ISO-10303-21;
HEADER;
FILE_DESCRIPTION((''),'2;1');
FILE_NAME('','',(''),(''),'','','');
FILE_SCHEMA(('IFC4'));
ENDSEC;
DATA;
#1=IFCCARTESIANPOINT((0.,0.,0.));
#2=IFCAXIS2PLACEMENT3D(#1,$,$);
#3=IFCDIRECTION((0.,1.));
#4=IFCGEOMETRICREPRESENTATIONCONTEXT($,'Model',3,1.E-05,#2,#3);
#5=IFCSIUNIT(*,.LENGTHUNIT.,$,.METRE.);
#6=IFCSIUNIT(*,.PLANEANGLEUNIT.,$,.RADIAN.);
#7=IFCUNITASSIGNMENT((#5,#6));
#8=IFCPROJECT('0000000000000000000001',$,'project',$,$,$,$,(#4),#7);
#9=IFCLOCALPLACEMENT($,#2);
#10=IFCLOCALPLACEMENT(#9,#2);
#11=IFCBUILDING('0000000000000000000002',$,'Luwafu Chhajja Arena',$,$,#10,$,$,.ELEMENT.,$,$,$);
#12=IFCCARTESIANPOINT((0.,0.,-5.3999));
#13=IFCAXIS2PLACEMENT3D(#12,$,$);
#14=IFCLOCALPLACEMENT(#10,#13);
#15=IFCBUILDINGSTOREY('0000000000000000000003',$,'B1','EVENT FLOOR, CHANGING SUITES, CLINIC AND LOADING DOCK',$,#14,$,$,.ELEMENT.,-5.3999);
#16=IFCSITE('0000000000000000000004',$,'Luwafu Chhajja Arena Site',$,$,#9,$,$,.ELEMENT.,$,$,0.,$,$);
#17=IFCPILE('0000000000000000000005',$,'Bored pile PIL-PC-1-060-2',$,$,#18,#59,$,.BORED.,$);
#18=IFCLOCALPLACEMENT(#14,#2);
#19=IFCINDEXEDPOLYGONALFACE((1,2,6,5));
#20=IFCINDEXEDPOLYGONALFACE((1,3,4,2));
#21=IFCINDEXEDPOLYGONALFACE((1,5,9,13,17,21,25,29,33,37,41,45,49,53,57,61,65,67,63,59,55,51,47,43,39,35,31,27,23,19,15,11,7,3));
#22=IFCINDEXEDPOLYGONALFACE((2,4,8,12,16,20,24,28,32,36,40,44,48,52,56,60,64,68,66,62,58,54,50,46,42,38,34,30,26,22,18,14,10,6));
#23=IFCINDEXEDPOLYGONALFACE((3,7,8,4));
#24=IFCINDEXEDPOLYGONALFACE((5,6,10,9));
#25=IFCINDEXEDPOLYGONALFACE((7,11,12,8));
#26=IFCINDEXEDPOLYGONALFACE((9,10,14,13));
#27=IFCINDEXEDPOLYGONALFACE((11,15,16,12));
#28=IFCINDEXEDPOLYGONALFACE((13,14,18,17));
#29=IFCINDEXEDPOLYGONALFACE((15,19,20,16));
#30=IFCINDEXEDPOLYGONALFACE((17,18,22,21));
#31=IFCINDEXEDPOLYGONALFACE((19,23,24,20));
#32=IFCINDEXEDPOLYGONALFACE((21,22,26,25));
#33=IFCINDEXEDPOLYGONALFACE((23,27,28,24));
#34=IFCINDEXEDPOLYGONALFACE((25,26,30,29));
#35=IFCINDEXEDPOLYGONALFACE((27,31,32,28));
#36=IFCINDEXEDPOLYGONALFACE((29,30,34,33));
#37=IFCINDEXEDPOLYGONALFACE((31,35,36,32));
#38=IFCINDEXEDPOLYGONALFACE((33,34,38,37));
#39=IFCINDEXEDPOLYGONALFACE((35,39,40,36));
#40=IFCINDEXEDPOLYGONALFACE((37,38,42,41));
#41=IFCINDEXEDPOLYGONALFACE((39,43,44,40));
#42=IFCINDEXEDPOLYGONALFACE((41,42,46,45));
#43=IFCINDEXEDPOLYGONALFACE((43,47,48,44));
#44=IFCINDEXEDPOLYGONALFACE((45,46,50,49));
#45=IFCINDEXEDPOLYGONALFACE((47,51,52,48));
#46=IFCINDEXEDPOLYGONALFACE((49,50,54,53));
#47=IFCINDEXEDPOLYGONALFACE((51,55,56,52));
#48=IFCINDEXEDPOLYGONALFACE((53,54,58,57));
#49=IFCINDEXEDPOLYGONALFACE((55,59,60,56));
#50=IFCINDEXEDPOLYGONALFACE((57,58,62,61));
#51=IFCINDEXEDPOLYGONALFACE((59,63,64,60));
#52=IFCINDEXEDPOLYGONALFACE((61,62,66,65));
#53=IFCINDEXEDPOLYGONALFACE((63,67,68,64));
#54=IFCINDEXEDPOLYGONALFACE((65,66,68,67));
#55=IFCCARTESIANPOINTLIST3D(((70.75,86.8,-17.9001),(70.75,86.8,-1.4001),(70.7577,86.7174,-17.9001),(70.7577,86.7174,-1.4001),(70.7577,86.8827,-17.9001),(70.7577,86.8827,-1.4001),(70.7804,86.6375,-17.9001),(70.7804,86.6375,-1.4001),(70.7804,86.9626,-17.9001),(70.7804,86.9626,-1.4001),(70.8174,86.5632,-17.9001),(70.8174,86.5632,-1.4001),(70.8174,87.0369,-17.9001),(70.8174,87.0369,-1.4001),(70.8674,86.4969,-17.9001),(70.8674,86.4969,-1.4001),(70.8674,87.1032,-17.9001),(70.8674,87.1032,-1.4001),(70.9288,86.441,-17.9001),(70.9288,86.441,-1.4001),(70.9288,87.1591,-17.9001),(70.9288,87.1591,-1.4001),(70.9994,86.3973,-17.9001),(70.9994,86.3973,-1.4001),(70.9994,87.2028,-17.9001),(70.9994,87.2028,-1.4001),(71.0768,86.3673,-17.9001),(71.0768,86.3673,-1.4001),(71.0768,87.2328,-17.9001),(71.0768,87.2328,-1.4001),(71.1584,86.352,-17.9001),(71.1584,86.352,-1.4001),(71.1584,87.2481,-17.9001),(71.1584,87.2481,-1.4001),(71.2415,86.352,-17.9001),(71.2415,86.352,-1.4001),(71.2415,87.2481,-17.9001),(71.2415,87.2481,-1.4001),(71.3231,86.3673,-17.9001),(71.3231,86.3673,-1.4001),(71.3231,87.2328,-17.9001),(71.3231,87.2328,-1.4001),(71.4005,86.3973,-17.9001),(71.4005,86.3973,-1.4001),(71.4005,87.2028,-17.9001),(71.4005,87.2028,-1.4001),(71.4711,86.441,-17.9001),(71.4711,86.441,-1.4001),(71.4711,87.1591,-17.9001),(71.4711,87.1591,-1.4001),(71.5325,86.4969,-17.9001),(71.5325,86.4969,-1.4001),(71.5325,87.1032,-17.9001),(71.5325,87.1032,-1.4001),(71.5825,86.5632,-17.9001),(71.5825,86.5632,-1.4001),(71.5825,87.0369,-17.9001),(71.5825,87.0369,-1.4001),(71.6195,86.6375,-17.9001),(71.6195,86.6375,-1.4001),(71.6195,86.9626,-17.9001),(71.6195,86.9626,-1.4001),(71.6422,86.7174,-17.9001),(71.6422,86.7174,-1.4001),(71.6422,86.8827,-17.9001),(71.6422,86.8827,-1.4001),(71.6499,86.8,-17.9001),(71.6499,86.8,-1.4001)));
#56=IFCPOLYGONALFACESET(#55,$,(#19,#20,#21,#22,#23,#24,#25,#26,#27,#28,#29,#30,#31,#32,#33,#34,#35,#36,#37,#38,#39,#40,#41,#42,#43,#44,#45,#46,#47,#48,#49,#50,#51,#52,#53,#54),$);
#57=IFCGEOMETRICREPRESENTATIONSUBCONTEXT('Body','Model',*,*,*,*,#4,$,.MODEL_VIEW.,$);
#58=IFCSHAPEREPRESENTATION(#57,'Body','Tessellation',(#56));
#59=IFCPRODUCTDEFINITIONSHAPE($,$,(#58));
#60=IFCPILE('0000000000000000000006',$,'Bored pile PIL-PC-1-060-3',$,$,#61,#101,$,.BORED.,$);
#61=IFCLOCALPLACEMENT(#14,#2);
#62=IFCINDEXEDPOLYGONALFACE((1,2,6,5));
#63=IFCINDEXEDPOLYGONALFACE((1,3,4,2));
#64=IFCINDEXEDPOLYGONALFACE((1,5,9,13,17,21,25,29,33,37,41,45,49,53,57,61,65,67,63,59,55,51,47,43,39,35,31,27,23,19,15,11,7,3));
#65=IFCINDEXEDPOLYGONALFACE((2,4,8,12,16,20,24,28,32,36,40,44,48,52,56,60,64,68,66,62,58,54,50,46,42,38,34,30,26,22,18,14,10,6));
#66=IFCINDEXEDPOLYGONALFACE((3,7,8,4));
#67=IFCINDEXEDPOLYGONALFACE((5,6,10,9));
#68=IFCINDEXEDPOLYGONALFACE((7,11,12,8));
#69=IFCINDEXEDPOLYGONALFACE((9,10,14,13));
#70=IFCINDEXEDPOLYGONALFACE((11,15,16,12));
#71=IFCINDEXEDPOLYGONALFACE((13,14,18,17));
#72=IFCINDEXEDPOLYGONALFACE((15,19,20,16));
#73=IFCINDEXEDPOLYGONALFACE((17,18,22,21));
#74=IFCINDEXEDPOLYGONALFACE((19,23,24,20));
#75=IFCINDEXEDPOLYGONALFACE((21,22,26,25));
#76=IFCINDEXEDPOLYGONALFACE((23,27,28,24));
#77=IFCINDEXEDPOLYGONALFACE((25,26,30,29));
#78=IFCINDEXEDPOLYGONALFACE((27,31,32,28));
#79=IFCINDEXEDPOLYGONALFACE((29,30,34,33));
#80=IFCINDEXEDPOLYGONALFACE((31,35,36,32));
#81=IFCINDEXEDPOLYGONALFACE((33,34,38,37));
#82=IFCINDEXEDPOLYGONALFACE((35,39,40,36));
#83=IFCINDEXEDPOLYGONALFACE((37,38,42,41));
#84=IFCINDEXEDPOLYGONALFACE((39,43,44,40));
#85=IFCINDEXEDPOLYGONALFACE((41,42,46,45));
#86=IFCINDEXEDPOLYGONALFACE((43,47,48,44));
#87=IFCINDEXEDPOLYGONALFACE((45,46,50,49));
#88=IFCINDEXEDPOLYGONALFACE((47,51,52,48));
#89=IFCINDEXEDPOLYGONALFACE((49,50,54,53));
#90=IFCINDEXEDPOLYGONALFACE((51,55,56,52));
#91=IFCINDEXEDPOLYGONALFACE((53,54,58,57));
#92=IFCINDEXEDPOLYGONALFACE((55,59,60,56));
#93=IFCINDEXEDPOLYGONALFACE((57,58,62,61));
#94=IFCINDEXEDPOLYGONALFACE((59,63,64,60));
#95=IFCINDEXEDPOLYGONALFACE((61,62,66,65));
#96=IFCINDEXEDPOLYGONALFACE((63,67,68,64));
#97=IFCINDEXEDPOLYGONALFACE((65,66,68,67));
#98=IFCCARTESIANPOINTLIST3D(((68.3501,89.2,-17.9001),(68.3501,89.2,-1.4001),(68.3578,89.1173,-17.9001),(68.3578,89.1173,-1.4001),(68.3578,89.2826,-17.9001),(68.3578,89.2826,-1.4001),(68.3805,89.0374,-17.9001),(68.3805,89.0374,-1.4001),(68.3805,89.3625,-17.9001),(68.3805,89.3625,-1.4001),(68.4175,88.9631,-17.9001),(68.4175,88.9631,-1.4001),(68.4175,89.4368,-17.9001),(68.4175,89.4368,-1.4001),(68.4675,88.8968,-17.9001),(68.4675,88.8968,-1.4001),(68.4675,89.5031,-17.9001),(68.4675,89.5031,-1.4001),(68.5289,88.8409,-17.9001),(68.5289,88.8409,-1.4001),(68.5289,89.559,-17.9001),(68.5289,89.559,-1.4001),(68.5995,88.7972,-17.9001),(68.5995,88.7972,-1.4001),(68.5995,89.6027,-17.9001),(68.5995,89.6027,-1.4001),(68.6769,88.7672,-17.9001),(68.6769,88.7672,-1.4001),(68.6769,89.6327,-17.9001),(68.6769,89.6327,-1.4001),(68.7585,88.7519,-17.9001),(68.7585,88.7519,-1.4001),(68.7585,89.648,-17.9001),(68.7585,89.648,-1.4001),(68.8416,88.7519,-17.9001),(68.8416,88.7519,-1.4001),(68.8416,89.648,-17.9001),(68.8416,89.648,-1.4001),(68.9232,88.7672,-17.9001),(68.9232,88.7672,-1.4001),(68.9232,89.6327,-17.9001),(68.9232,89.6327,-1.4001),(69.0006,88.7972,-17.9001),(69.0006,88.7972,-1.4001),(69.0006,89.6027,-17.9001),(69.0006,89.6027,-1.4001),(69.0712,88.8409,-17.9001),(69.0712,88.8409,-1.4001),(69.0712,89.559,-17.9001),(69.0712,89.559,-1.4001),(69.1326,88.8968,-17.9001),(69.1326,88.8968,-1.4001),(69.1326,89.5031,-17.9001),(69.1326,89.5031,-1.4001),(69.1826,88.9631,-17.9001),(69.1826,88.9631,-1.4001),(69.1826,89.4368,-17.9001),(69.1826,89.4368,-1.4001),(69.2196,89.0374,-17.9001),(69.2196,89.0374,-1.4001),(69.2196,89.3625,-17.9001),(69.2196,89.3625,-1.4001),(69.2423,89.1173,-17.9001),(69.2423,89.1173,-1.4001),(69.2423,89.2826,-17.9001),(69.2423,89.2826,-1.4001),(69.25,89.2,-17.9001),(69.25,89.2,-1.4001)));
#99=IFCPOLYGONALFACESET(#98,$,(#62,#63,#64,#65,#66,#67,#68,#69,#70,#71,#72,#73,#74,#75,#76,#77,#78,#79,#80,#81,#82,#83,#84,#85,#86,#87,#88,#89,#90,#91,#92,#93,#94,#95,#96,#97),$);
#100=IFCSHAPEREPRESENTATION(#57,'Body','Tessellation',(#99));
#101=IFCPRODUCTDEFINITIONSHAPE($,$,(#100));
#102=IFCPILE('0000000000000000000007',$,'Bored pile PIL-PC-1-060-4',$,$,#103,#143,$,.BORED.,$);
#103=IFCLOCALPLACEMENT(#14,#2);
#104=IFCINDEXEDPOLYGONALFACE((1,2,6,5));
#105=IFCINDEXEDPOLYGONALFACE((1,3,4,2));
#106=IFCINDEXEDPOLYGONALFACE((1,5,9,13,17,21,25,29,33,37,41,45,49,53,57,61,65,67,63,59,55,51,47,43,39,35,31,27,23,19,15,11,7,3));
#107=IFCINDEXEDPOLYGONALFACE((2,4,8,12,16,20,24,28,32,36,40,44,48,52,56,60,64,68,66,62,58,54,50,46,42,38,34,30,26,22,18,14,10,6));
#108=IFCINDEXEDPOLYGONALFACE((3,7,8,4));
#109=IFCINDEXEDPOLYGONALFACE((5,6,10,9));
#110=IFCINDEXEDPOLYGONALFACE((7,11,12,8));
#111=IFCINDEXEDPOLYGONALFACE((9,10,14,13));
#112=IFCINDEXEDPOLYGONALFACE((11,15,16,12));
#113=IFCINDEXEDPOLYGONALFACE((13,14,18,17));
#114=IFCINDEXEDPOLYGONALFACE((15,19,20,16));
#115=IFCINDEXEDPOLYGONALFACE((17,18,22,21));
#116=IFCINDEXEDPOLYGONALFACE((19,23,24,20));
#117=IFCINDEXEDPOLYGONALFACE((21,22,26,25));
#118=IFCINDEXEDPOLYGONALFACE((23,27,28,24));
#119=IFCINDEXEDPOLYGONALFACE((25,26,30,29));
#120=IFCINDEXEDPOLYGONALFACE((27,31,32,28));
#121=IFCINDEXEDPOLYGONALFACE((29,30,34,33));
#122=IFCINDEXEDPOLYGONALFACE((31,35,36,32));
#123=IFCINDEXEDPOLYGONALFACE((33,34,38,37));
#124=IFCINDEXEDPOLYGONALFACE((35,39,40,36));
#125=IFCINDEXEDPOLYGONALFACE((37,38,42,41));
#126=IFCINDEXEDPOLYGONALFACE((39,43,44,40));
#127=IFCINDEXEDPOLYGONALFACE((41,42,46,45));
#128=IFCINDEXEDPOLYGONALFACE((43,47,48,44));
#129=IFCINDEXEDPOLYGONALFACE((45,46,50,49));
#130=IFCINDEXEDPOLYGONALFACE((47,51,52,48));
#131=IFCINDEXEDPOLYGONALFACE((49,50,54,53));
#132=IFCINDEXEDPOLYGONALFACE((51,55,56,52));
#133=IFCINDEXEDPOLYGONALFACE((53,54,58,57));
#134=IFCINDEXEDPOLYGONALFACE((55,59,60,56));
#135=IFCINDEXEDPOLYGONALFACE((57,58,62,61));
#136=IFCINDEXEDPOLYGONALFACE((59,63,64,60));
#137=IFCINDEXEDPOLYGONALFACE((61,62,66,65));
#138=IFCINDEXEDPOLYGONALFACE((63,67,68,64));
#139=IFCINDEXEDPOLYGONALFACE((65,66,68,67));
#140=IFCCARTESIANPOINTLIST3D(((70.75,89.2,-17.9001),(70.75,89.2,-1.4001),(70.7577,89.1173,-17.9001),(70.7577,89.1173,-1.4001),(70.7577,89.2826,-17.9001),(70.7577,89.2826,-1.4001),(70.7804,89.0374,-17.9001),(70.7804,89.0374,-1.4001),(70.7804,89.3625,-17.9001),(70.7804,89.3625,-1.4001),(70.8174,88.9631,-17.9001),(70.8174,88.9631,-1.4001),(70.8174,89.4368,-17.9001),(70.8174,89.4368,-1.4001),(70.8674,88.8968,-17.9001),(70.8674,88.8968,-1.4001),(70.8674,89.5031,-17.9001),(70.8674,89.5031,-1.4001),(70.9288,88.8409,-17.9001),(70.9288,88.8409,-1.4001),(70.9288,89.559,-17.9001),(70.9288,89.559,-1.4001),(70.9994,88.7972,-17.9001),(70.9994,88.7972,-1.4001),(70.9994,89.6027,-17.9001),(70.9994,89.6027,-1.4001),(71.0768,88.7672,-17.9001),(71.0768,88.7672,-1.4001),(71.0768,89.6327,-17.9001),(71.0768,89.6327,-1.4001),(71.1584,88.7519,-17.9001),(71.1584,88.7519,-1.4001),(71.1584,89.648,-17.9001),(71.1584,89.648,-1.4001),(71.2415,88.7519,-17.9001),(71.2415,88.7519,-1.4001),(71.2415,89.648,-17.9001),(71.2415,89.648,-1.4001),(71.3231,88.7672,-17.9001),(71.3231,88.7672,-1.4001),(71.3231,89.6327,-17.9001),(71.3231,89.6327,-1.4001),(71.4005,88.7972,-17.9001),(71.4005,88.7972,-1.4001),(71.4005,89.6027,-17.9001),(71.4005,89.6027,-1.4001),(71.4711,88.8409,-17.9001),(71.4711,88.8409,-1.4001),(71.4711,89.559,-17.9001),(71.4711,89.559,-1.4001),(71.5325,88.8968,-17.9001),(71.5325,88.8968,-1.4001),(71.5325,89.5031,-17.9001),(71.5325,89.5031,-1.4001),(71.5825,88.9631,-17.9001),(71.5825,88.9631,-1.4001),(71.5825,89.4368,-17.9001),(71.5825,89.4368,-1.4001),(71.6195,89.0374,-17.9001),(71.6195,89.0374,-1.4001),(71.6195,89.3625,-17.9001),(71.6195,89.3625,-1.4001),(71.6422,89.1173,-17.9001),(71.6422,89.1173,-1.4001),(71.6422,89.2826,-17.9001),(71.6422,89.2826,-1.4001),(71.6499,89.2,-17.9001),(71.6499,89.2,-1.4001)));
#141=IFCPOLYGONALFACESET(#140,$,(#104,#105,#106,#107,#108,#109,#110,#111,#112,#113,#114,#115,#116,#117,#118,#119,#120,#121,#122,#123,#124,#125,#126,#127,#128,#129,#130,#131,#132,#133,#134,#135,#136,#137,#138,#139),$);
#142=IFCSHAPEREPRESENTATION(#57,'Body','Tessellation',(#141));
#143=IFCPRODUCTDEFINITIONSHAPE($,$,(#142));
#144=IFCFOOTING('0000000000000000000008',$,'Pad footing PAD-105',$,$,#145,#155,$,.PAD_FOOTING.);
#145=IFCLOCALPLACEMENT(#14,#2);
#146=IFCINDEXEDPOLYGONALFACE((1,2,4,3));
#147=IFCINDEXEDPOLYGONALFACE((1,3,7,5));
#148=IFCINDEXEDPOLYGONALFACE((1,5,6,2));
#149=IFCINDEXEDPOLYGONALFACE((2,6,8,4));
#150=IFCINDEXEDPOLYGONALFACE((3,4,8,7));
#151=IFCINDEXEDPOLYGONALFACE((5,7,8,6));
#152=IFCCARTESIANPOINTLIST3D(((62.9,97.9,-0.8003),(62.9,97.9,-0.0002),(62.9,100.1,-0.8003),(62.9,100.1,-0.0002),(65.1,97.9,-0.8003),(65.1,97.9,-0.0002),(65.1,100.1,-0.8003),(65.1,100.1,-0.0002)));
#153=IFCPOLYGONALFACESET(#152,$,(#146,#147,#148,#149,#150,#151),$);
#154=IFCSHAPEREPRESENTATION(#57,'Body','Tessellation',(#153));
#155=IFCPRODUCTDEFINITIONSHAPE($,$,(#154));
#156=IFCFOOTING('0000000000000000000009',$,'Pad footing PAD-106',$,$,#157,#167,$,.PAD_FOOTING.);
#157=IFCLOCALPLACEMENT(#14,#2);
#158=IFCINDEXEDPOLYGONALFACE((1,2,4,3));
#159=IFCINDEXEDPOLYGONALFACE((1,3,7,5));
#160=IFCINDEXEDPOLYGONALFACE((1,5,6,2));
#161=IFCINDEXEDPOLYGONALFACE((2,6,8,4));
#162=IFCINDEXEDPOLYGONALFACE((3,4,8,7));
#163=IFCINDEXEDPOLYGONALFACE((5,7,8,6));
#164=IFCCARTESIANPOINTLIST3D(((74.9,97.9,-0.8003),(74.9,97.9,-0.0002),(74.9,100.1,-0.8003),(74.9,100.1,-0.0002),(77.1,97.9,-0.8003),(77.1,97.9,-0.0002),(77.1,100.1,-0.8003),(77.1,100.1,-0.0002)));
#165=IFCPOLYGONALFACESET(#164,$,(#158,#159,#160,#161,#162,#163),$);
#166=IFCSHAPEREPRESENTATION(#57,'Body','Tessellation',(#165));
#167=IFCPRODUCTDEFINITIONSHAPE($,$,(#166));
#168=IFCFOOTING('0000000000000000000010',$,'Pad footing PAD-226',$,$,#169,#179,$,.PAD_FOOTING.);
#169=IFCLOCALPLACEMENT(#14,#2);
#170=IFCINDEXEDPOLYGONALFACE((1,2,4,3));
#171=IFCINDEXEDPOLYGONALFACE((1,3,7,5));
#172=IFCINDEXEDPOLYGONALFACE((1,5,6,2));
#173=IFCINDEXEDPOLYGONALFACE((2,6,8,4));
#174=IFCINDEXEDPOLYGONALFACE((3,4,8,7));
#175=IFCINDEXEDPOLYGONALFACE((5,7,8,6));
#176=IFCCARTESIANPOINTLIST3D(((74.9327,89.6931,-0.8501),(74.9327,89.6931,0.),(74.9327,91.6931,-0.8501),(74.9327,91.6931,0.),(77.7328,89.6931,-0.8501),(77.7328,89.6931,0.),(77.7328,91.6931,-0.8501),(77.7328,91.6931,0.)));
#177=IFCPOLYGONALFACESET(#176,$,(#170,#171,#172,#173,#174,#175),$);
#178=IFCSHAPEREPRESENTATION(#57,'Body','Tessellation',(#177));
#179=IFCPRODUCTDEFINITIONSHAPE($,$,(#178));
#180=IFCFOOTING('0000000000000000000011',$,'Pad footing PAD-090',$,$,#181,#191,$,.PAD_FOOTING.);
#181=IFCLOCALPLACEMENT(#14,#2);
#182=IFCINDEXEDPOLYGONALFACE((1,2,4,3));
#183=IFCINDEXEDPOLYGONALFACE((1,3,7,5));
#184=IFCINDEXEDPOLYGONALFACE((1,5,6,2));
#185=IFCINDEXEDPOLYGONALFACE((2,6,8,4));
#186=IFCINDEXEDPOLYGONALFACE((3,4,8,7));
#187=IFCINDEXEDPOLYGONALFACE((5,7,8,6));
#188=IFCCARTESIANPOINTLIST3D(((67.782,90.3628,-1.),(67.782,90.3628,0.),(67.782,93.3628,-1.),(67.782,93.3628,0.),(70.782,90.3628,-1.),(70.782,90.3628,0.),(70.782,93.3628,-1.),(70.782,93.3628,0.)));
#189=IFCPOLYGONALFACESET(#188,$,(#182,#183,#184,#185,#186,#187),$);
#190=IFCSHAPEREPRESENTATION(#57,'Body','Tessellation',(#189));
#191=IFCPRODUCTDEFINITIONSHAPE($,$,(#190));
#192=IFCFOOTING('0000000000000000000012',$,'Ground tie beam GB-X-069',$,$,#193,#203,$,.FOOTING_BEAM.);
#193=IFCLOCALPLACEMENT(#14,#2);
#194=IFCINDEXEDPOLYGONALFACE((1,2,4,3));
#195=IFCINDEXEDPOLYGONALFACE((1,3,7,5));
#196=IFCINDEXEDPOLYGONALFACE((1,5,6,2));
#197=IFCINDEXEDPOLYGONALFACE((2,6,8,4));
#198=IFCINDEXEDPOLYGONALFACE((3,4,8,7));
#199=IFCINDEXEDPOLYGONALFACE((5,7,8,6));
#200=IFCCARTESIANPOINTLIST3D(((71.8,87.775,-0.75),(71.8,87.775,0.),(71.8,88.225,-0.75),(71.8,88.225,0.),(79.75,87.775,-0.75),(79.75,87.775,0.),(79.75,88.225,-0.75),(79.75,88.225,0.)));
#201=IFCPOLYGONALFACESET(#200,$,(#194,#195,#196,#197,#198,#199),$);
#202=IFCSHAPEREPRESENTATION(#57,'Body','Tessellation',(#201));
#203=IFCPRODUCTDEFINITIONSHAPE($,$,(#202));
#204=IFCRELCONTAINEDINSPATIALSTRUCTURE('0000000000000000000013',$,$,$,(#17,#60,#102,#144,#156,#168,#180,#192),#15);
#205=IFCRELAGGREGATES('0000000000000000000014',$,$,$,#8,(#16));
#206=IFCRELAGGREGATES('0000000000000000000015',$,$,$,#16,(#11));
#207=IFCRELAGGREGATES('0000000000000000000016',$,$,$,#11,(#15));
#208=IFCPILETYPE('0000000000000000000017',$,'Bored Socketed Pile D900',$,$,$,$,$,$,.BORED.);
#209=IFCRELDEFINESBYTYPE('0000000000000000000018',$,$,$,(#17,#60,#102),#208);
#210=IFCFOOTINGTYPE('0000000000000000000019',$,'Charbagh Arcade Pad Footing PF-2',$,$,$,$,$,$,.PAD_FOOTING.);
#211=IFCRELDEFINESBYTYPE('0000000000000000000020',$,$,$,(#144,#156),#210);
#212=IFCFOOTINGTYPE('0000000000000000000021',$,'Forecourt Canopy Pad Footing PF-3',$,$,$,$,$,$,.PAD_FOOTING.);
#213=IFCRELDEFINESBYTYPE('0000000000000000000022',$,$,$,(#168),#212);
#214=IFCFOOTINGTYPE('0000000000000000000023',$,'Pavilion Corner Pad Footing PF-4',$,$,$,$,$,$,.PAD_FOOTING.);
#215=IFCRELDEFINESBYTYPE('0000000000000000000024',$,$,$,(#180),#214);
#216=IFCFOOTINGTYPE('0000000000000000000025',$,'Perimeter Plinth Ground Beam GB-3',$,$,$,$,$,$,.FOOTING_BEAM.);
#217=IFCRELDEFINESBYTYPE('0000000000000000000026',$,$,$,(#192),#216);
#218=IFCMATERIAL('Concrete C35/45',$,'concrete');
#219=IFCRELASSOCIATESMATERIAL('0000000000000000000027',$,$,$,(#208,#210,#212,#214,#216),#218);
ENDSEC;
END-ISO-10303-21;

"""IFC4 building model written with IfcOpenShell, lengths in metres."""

from ifc_helpers import new_model, si_unit, direction, frame, origin, origin_2d, place, context, subcontext, project, spatial, rectangle, circle, extrude, material, material_profile, profile_set, type_object, element, save


model = new_model("IFC4")

# Units and contexts
model_context = context("Model", 3, precision=1e-05, world=origin(), true_north=direction((0.0, 1.0)))
body_context = subcontext(model_context, "Body", "Model", "MODEL_VIEW")
ifc_project = project(units=[si_unit("LENGTHUNIT", "METRE"), si_unit("PLANEANGLEUNIT", "RADIAN")], contexts=[model_context])

# Site, building, storey
site_placement = place(None, origin())
site = spatial("IfcSite", under=ifc_project, at=site_placement, Name="Luwafu Chhajja Arena Site", CompositionType="ELEMENT", RefElevation=0.0)
building_placement = place(site_placement, origin())
building = spatial("IfcBuilding", under=site, at=building_placement, Name="Luwafu Chhajja Arena", CompositionType="ELEMENT")
storey_placement = place(building_placement, frame((0.0, 0.0, -5.3999)))
storey = spatial("IfcBuildingStorey", under=building, at=storey_placement, Name="B1", Description="EVENT FLOOR, CHANGING SUITES, CLINIC AND LOADING DOCK", CompositionType="ELEMENT", Elevation=-5.3999)

# Shared definitions
ifc_material_1 = material(Name="Concrete C35/45", Category="concrete")

# Piles
ifc_material_profile_1 = material_profile(ifc_material_1, circle(Radius=0.45, at=origin_2d()), Name="PILE D900")
ifc_profile_set_1 = profile_set([ifc_material_profile_1], Name="Concrete C35/45")
pile_type_1 = type_object("IfcPileType", Name="Bored Socketed Pile D900", PredefinedType="BORED", material=ifc_profile_set_1)
for number, where, z_axis, x_axis, name in (
    (1, (71.2, 86.8, -1.4001), (0.0, 0.0, -1.0), (1.0, 0.0, 0.0), "Bored pile PIL-PC-1-060-2"),
    (2, (68.8, 89.2, -1.4001), (0.0, 0.0, -1.0), (1.0, 0.0, 0.0), "Bored pile PIL-PC-1-060-3"),
    (3, (71.2, 89.2, -1.4001), (0.0, 0.0, -1.0), (1.0, 0.0, 0.0), "Bored pile PIL-PC-1-060-4"),
):
    element("IfcPile", number, at=place(storey_placement, frame(where, z_axis=z_axis, x_axis=x_axis)), inside=storey, type_object=pile_type_1, Name=name, PredefinedType="BORED", context=body_context, shape_type="SweptSolid", body=[
        extrude(circle(Radius=0.45, at=origin_2d()), origin(), (0.0, 0.0, 1.0), 16.5),
    ])

# Footings
footing_type_1 = type_object("IfcFootingType", Name="Charbagh Arcade Pad Footing PF-2", PredefinedType="PAD_FOOTING", material=ifc_material_1)
for number, where, z_axis, x_axis, name in (
    (4, (64.0, 99.0, -0.8003), (0.0, 0.0, 1.0), (1.0, 0.0, 0.0), "Pad footing PAD-105"),
    (5, (76.0, 99.0, -0.8003), (0.0, 0.0, 1.0), (1.0, 0.0, 0.0), "Pad footing PAD-106"),
):
    element("IfcFooting", number, at=place(storey_placement, frame(where, z_axis=z_axis, x_axis=x_axis)), inside=storey, type_object=footing_type_1, Name=name, PredefinedType="PAD_FOOTING", context=body_context, shape_type="SweptSolid", body=[
        extrude(rectangle(XDim=2.2, YDim=2.2, at=origin_2d()), origin(), (0.0, 0.0, 1.0), 0.8),
    ])
footing_type_2 = type_object("IfcFootingType", Name="Forecourt Canopy Pad Footing PF-3", PredefinedType="PAD_FOOTING", material=ifc_material_1)
footing_1_placement = place(storey_placement, frame((76.3328, 90.6931, -0.8501), z_axis=(0.0, 0.0, 1.0), x_axis=(1.0, 0.0, 0.0)))
element("IfcFooting", 6, at=footing_1_placement, inside=storey, type_object=footing_type_2, Name="Pad footing PAD-226", PredefinedType="PAD_FOOTING", context=body_context, shape_type="SweptSolid", body=[
    extrude(rectangle(XDim=2.8, YDim=2.0, at=origin_2d()), origin(), (0.0, 0.0, 1.0), 0.8501),
])
footing_type_3 = type_object("IfcFootingType", Name="Pavilion Corner Pad Footing PF-4", PredefinedType="PAD_FOOTING", material=ifc_material_1)
footing_2_placement = place(storey_placement, frame((69.282, 91.8628, -1.0), z_axis=(0.0, 0.0, 1.0), x_axis=(1.0, 0.0, 0.0)))
element("IfcFooting", 7, at=footing_2_placement, inside=storey, type_object=footing_type_3, Name="Pad footing PAD-090", PredefinedType="PAD_FOOTING", context=body_context, shape_type="SweptSolid", body=[
    extrude(rectangle(XDim=3.0, YDim=3.0, at=origin_2d()), origin(), (0.0, 0.0, 1.0), 1.0),
])
ifc_material_profile_2 = material_profile(ifc_material_1, rectangle(XDim=0.45, YDim=0.75, at=origin_2d()), Name="RC 450x750")
ifc_profile_set_2 = profile_set([ifc_material_profile_2], Name="Concrete C35/45")
footing_type_4 = type_object("IfcFootingType", Name="Perimeter Plinth Ground Beam GB-3", PredefinedType="FOOTING_BEAM", material=ifc_profile_set_2)
footing_3_placement = place(storey_placement, frame((71.8, 88.0, -0.375), z_axis=(1.0, 0.0, 0.0), x_axis=(0.0, 1.0, 0.0)))
element("IfcFooting", 8, at=footing_3_placement, inside=storey, type_object=footing_type_4, Name="Ground tie beam GB-X-069", PredefinedType="FOOTING_BEAM", context=body_context, shape_type="SweptSolid", body=[
    extrude(rectangle(XDim=0.45, YDim=0.75, at=origin_2d()), origin(), (0.0, 0.0, 1.0), 7.95),
])

save(model, "model.ifc")
